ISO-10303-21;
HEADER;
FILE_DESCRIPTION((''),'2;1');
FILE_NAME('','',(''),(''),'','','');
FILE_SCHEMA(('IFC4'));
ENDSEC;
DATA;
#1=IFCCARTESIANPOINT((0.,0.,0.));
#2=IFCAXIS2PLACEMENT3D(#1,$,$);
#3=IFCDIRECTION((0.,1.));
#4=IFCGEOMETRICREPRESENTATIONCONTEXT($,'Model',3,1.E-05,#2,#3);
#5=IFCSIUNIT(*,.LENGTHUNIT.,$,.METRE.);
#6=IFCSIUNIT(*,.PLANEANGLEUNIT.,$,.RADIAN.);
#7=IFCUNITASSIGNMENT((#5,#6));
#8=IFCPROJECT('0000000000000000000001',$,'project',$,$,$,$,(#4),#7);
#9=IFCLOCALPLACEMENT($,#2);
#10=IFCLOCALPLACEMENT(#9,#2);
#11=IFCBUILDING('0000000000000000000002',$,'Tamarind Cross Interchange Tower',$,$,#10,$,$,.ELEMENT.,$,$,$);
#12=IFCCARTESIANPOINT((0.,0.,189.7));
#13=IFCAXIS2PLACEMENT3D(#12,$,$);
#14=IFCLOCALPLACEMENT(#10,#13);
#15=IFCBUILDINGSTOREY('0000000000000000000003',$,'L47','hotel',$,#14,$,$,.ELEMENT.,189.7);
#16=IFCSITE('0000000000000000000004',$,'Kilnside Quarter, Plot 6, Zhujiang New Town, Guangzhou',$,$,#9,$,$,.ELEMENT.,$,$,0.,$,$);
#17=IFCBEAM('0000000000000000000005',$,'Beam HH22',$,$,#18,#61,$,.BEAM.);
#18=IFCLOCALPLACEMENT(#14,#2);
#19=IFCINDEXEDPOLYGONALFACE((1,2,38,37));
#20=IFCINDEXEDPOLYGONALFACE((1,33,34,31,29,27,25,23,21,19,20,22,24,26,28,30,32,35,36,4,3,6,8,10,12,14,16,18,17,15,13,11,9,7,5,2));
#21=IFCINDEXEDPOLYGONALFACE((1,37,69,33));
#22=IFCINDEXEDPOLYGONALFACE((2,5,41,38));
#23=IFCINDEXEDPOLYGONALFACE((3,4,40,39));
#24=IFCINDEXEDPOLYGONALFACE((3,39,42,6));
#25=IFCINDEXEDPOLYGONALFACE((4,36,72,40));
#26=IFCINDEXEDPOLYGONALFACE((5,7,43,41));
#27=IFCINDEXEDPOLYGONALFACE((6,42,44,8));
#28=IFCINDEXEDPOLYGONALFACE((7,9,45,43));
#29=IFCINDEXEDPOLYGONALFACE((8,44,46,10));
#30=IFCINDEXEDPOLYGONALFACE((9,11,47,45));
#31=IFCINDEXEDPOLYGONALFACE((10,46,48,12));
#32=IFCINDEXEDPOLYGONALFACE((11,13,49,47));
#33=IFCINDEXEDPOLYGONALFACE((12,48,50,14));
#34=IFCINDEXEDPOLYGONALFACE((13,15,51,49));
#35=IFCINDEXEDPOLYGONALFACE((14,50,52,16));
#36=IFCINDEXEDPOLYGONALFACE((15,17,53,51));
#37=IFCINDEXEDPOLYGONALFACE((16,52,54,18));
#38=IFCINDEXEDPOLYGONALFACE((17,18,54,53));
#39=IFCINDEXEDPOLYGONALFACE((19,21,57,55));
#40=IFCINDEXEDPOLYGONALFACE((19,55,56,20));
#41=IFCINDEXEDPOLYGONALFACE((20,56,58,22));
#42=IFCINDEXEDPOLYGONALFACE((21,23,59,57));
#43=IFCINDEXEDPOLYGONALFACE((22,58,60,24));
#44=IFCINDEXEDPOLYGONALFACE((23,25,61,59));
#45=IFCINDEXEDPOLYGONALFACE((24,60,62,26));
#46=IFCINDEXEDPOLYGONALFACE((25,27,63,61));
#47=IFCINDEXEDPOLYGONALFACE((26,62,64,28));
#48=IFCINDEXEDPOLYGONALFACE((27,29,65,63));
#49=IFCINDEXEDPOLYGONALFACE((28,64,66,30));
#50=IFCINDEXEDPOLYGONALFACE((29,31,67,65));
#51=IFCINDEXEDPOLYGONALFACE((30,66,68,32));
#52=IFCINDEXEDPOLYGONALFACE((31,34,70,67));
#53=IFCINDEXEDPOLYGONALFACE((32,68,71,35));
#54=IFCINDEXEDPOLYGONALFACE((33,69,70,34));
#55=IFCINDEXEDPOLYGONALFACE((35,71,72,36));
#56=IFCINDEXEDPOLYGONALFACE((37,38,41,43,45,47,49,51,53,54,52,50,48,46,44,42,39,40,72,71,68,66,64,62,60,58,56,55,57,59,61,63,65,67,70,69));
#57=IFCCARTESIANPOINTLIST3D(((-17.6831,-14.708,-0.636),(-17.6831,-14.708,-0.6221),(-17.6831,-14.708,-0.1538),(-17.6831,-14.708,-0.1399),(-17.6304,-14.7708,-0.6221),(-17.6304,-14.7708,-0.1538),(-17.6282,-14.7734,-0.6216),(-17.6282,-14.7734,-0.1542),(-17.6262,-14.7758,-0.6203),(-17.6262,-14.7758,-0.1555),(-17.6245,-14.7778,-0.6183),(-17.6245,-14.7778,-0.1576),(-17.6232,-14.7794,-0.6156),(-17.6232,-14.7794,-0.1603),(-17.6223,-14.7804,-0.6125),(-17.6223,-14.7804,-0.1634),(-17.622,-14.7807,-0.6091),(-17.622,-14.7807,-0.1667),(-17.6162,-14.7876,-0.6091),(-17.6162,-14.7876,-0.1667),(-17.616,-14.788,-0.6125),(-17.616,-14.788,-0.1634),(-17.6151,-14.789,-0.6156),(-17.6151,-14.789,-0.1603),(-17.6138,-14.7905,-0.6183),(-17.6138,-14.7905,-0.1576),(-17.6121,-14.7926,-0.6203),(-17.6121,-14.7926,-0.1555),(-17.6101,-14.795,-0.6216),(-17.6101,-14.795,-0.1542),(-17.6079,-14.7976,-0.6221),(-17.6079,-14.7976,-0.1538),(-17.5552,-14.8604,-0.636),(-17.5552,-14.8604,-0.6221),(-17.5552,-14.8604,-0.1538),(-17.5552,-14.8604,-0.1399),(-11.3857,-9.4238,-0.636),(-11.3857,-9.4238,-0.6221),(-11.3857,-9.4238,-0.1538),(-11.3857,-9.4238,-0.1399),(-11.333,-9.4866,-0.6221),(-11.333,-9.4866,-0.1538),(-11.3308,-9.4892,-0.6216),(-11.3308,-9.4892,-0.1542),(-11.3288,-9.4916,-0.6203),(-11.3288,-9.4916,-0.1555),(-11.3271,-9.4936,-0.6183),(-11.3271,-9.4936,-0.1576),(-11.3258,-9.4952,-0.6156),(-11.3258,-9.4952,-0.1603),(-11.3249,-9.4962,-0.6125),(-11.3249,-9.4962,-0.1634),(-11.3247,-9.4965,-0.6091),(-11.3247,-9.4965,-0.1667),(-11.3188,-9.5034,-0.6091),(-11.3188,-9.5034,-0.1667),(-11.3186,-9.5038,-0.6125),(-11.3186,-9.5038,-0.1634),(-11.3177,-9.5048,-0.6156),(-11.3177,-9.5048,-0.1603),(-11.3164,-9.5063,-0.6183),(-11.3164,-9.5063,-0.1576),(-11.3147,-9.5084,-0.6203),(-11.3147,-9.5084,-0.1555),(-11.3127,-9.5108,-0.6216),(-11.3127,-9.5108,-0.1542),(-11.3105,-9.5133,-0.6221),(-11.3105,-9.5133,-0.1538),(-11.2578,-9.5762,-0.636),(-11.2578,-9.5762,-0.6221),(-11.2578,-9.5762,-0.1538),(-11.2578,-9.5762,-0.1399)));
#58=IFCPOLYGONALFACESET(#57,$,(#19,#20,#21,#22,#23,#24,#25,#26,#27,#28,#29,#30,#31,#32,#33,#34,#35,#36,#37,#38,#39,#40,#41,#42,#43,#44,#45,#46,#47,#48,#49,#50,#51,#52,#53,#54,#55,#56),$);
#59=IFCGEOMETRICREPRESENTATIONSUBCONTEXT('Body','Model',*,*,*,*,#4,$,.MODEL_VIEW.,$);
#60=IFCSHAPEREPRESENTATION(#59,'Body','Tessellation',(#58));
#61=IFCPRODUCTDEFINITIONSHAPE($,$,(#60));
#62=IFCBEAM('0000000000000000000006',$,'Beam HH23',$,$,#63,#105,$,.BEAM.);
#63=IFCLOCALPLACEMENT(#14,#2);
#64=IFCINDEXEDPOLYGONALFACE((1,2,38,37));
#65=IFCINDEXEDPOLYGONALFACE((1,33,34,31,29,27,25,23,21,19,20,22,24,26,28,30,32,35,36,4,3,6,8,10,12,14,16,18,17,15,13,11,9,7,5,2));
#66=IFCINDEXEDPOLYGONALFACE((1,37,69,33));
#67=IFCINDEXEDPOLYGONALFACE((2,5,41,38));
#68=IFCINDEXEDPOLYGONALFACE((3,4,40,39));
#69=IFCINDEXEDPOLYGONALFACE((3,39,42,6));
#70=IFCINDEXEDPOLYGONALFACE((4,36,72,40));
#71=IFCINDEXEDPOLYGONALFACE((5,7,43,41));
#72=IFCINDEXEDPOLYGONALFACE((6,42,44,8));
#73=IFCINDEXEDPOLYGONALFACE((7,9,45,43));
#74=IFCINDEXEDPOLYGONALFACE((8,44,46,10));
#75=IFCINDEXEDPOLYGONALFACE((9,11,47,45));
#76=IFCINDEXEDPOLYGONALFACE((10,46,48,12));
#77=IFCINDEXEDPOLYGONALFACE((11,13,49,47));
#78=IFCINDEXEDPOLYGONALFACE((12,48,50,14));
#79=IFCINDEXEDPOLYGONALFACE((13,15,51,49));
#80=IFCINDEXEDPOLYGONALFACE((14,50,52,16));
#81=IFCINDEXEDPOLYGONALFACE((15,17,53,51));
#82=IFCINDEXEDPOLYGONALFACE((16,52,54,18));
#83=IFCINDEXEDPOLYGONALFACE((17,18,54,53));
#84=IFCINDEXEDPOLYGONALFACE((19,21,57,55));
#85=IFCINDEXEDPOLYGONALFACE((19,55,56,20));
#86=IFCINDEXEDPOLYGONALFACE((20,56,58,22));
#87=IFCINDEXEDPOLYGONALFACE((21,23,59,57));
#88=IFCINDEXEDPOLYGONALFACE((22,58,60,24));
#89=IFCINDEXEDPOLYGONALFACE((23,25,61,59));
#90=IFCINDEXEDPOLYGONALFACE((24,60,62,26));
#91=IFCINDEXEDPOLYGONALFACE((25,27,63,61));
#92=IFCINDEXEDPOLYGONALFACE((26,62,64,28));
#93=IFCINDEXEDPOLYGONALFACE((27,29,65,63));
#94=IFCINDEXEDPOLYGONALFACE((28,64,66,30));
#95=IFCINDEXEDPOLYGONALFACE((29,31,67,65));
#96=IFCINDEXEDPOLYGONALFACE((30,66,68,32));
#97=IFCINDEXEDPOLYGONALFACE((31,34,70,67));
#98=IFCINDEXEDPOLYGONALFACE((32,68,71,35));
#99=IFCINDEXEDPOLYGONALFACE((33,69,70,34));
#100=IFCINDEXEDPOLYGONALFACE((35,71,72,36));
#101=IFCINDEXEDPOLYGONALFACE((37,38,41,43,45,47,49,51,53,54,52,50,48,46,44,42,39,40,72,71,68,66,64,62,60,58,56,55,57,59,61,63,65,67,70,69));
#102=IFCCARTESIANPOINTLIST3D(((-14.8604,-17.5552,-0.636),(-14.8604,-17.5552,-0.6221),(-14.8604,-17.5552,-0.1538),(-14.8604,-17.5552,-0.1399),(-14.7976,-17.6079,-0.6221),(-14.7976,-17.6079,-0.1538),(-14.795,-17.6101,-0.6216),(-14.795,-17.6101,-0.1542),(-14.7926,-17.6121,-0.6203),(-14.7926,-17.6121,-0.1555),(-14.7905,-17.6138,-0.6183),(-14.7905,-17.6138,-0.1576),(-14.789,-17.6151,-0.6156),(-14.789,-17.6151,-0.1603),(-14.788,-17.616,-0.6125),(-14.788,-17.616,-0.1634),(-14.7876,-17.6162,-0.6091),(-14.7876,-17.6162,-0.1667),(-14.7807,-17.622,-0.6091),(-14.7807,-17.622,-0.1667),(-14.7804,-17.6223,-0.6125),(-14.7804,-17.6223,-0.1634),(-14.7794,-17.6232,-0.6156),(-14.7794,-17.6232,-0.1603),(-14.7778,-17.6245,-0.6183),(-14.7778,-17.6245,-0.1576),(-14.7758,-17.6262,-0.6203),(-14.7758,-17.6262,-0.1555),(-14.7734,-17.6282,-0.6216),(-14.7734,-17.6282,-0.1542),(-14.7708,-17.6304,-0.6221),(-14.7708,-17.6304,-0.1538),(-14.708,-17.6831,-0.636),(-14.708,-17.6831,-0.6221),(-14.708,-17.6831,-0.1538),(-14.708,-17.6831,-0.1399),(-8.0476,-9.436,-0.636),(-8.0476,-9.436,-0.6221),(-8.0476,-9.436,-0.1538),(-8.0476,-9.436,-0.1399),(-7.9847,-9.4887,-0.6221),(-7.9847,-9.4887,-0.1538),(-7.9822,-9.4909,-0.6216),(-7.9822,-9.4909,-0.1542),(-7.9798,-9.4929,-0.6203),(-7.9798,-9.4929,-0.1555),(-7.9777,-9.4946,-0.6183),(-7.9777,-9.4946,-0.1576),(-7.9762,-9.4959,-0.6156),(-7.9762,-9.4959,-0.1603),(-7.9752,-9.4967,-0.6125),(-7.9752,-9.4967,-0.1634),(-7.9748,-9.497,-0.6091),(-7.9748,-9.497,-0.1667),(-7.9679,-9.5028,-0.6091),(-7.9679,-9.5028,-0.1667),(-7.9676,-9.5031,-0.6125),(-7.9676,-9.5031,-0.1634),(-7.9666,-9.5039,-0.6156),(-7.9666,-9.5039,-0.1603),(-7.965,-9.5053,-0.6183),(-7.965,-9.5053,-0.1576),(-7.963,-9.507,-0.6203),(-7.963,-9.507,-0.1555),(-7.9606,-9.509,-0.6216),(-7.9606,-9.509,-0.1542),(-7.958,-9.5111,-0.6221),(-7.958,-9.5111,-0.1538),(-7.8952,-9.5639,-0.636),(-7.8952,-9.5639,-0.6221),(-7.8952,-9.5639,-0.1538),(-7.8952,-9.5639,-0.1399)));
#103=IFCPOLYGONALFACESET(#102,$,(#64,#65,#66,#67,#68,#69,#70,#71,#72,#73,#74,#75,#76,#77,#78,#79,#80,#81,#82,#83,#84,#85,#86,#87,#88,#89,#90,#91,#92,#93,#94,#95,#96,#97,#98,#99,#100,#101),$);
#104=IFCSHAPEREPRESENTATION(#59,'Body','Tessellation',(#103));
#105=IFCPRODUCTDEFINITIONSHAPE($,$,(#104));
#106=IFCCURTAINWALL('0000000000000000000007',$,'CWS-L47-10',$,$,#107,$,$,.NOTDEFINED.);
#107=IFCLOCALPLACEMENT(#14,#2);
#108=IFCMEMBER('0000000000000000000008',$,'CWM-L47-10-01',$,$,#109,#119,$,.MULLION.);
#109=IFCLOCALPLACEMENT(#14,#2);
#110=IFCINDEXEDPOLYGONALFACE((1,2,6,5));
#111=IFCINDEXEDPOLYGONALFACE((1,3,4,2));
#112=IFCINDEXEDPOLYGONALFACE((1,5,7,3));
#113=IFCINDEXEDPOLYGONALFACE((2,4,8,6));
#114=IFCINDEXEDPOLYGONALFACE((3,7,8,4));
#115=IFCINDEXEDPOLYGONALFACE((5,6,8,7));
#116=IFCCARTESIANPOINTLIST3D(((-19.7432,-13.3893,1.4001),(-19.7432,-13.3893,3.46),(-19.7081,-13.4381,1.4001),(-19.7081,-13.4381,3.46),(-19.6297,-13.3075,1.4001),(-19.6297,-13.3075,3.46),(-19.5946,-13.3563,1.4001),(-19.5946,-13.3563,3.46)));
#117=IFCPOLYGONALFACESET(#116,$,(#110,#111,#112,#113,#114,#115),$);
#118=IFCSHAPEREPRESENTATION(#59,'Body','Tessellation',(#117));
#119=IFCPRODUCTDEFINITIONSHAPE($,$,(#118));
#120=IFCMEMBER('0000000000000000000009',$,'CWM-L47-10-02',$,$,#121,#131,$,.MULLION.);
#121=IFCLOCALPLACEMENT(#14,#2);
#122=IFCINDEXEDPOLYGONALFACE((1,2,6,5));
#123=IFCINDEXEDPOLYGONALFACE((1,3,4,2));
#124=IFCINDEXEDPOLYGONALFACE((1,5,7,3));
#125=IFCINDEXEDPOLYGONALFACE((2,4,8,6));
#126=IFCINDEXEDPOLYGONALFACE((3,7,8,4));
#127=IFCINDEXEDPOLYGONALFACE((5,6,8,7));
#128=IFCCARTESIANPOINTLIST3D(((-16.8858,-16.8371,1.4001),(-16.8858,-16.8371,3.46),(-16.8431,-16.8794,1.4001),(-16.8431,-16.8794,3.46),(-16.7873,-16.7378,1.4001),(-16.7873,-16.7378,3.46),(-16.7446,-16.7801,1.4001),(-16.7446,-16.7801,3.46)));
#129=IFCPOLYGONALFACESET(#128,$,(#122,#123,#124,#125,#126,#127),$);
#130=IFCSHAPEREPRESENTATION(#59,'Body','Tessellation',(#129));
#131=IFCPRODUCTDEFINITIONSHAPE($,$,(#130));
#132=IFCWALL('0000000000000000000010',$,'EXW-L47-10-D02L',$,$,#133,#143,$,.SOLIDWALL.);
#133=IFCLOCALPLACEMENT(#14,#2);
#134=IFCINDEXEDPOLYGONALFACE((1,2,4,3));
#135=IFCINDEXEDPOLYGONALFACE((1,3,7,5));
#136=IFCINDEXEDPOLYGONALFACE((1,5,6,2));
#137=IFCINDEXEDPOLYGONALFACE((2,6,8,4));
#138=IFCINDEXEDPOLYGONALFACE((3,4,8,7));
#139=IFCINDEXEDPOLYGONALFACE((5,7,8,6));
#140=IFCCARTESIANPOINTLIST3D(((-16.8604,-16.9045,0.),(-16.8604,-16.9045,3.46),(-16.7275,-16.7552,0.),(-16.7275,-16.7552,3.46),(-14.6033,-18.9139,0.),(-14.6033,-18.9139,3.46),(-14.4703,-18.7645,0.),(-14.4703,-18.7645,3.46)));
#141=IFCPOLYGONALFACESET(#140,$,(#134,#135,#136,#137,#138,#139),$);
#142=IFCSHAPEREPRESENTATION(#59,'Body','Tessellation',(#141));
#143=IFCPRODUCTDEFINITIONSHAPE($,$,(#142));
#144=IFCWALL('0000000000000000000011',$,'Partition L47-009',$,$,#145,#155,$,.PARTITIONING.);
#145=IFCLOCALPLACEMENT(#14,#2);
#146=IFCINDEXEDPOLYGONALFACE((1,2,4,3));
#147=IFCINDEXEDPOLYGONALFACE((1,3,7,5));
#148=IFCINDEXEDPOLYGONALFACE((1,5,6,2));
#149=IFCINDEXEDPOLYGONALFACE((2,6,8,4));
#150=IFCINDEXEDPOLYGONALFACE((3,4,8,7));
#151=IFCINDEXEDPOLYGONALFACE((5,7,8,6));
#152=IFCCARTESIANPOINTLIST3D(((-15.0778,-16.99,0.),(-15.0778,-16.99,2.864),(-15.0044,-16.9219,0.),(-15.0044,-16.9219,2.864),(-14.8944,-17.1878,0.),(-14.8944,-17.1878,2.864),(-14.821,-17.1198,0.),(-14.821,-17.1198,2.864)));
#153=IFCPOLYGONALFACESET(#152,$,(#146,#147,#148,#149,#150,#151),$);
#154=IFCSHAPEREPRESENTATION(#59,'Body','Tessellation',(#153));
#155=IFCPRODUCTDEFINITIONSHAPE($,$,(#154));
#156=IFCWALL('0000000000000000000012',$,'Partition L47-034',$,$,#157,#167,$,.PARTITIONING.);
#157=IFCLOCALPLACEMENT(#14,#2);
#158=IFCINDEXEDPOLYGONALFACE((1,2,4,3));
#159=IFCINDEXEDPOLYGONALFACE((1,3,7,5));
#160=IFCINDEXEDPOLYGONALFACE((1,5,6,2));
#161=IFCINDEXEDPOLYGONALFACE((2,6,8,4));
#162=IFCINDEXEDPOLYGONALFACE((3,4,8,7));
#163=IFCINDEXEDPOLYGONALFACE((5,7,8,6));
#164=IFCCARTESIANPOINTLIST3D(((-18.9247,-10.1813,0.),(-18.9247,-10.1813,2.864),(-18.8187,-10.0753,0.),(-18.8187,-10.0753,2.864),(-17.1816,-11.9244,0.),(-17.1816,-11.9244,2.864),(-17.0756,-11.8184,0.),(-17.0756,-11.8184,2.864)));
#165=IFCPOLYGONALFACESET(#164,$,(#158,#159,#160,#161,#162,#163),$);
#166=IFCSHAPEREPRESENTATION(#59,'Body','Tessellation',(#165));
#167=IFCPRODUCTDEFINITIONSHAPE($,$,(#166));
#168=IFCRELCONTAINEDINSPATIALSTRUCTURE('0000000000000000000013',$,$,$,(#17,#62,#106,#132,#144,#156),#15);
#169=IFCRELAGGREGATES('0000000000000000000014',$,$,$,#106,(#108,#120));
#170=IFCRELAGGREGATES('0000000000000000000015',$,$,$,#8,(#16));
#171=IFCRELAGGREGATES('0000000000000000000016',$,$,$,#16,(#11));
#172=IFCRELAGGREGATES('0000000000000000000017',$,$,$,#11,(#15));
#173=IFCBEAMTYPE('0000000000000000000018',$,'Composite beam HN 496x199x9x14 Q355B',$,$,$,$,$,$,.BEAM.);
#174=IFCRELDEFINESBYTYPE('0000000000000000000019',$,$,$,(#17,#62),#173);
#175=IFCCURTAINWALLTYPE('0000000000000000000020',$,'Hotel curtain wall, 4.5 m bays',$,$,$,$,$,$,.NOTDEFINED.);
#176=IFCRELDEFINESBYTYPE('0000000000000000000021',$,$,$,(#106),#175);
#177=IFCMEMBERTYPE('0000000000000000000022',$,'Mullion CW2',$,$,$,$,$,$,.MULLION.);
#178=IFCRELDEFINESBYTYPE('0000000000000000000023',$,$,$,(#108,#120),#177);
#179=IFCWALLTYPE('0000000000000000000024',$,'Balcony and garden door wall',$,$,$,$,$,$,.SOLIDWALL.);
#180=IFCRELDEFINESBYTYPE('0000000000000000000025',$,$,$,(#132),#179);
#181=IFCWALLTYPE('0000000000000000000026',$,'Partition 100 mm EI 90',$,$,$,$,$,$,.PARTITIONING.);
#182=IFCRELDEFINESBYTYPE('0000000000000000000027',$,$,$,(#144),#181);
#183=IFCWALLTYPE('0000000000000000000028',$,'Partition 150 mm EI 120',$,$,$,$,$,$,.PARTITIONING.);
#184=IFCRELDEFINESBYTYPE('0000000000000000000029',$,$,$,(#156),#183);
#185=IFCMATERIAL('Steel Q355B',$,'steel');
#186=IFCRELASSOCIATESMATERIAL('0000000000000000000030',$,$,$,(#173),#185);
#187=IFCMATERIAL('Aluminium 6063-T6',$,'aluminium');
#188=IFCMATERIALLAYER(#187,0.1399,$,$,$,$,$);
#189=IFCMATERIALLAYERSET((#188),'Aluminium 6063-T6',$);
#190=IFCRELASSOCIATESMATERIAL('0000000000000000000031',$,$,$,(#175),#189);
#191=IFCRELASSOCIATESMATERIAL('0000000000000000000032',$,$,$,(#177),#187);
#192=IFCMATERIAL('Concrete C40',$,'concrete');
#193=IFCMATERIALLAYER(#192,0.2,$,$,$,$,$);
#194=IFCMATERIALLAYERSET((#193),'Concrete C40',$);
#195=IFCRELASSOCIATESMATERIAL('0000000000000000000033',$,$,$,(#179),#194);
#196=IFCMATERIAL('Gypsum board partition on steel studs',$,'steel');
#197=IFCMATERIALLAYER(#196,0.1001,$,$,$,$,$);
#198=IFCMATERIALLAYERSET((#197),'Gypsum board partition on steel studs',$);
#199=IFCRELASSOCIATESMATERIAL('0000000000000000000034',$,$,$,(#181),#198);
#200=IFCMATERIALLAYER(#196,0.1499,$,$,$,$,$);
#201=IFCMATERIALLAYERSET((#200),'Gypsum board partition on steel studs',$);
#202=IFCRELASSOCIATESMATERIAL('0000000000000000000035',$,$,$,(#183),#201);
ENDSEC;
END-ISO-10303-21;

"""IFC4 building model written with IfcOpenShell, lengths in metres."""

from ifc_helpers import new_model, si_unit, direction, frame, frame_2d, origin, origin_2d, place, context, subcontext, project, spatial, rectangle, i_section, extrude, material, layer, layer_set, material_profile, profile_set, type_object, element, aggregate, save


model = new_model("IFC4")

# Units and contexts
model_context = context("Model", 3, precision=1e-05, world=origin(), true_north=direction((0.0, 1.0)))
body_context = subcontext(model_context, "Body", "Model", "MODEL_VIEW")
ifc_project = project(units=[si_unit("LENGTHUNIT", "METRE"), si_unit("PLANEANGLEUNIT", "RADIAN")], contexts=[model_context])

# Site, building, storey
site_placement = place(None, origin())
site = spatial("IfcSite", under=ifc_project, at=site_placement, Name="Kilnside Quarter, Plot 6, Zhujiang New Town, Guangzhou", CompositionType="ELEMENT", RefElevation=0.0)
building_placement = place(site_placement, origin())
building = spatial("IfcBuilding", under=site, at=building_placement, Name="Tamarind Cross Interchange Tower", CompositionType="ELEMENT")
storey_placement = place(building_placement, frame((0.0, 0.0, 189.7)))
storey = spatial("IfcBuildingStorey", under=building, at=storey_placement, Name="L47", Description="hotel", CompositionType="ELEMENT", Elevation=189.7)

# Beams
ifc_material_1 = material(Name="Steel Q355B", Category="steel")
ifc_material_profile_1 = material_profile(ifc_material_1, i_section(OverallWidth=0.199, OverallDepth=0.4961, WebThickness=0.009, FlangeThickness=0.0139, FilletRadius=0.0129, at=origin_2d()), Name="HN 496x199x9x14")
ifc_profile_set_1 = profile_set([ifc_material_profile_1], Name="Steel Q355B")
beam_type = type_object("IfcBeamType", Name="Composite beam HN 496x199x9x14 Q355B", PredefinedType="BEAM", material=ifc_profile_set_1)
beam_1_placement = place(storey_placement, frame((-17.6191, -14.7842, -0.3879), z_axis=(0.766041, 0.642792, 0.0), x_axis=(-0.642792, 0.766041, 0.0)))
element("IfcBeam", 1, at=beam_1_placement, inside=storey, type_object=beam_type, Name="Beam HH22", PredefinedType="BEAM", context=body_context, shape_type="SweptSolid", body=[
    extrude(i_section(OverallWidth=0.199, OverallDepth=0.4961, WebThickness=0.009, FlangeThickness=0.0139, FilletRadius=0.0129, at=origin_2d()), origin(), (0.0, 0.0, 1.0), 8.2207),
])
beam_2_placement = place(storey_placement, frame((-14.7842, -17.6191, -0.3879), z_axis=(0.642786, 0.766046, 0.0), x_axis=(-0.766046, 0.642786, 0.0)))
element("IfcBeam", 2, at=beam_2_placement, inside=storey, type_object=beam_type, Name="Beam HH23", PredefinedType="BEAM", context=body_context, shape_type="SweptSolid", body=[
    extrude(i_section(OverallWidth=0.199, OverallDepth=0.4961, WebThickness=0.009, FlangeThickness=0.0139, FilletRadius=0.0129, at=origin_2d()), origin(), (0.0, 0.0, 1.0), 10.5989),
])

# Curtain wall, members
ifc_material_2 = material(Name="Aluminium 6063-T6", Category="aluminium")
ifc_layer_1 = layer(ifc_material_2, 0.1399)
ifc_layer_set_1 = layer_set([ifc_layer_1], Name="Aluminium 6063-T6")
curtain_wall_type = type_object("IfcCurtainWallType", Name="Hotel curtain wall, 4.5 m bays", PredefinedType="NOTDEFINED", material=ifc_layer_set_1)
curtain_wall_placement = place(storey_placement, origin())
curtain_wall = element("IfcCurtainWall", 3, at=curtain_wall_placement, inside=storey, type_object=curtain_wall_type, Name="CWS-L47-10", PredefinedType="NOTDEFINED")
ifc_material_profile_2 = material_profile(ifc_material_2, rectangle(XDim=0.0601, YDim=0.1399, at=origin_2d()), Name="Mullion CW2")
ifc_profile_set_2 = profile_set([ifc_material_profile_2], Name="Aluminium 6063-T6")
member_type = type_object("IfcMemberType", Name="Mullion CW2", PredefinedType="MULLION", material=ifc_profile_set_2)
member_1_placement = place(storey_placement, frame((-19.6689, -13.3728, 1.4001), z_axis=(0.0, 0.0, 1.0), x_axis=(0.584574, -0.81134, 0.0)))
member_1 = element("IfcMember", 4, at=member_1_placement, type_object=member_type, Name="CWM-L47-10-01", PredefinedType="MULLION", context=body_context, shape_type="SweptSolid", body=[
    extrude(rectangle(XDim=0.0601, YDim=0.1399, at=origin_2d()), origin(), (0.0, 0.0, 1.0), 2.0598),
])
member_2_placement = place(storey_placement, frame((-16.8152, -16.8086, 1.4001), z_axis=(0.0, 0.0, 1.0), x_axis=(0.710143, -0.704057, 0.0)))
member_2 = element("IfcMember", 5, at=member_2_placement, type_object=member_type, Name="CWM-L47-10-02", PredefinedType="MULLION", context=body_context, shape_type="SweptSolid", body=[
    extrude(rectangle(XDim=0.0601, YDim=0.1399, at=origin_2d()), origin(), (0.0, 0.0, 1.0), 2.0598),
])
aggregate(curtain_wall, [member_1, member_2])

# Wall
ifc_material_3 = material(Name="Concrete C40", Category="concrete")
ifc_layer_2 = layer(ifc_material_3, 0.2)
ifc_layer_set_2 = layer_set([ifc_layer_2], Name="Concrete C40")
wall_type_1 = type_object("IfcWallType", Name="Balcony and garden door wall", PredefinedType="SOLIDWALL", material=ifc_layer_set_2)
wall_1_placement = place(storey_placement, frame((-16.7939, -16.8298, 0.0), z_axis=(0.0, 0.0, 1.0), x_axis=(0.746919, -0.664915, 0.0)))
element("IfcWall", 6, at=wall_1_placement, inside=storey, type_object=wall_type_1, Name="EXW-L47-10-D02L", PredefinedType="SOLIDWALL", context=body_context, shape_type="SweptSolid", body=[
    extrude(rectangle(XDim=3.022, YDim=0.2, at=frame_2d((1.511, 0.0))), origin(), (0.0, 0.0, 1.0), 3.46),
])

# Walls
ifc_material_4 = material(Name="Gypsum board partition on steel studs", Category="steel")
ifc_layer_3 = layer(ifc_material_4, 0.1001)
ifc_layer_set_3 = layer_set([ifc_layer_3], Name="Gypsum board partition on steel studs")
wall_type_2 = type_object("IfcWallType", Name="Partition 100 mm EI 90", PredefinedType="PARTITIONING", material=ifc_layer_set_3)
wall_2_placement = place(storey_placement, frame((-15.041, -16.9561, 0.0), z_axis=(0.0, 0.0, 1.0), x_axis=(0.679895, -0.733309, 0.0)))
element("IfcWall", 7, at=wall_2_placement, inside=storey, type_object=wall_type_2, Name="Partition L47-009", PredefinedType="PARTITIONING", context=body_context, shape_type="SweptSolid", body=[
    extrude(rectangle(XDim=0.2698, YDim=0.1001, at=frame_2d((0.1348, 0.0))), origin(), (0.0, 0.0, 1.0), 2.864),
])
ifc_layer_4 = layer(ifc_material_4, 0.1499)
ifc_layer_set_4 = layer_set([ifc_layer_4], Name="Gypsum board partition on steel studs")
wall_type_3 = type_object("IfcWallType", Name="Partition 150 mm EI 120", PredefinedType="PARTITIONING", material=ifc_layer_set_4)
wall_3_placement = place(storey_placement, frame((-18.8716, -10.1284, 0.0), z_axis=(0.0, 0.0, 1.0), x_axis=(0.707107, -0.707107, 0.0)))
element("IfcWall", 8, at=wall_3_placement, inside=storey, type_object=wall_type_3, Name="Partition L47-034", PredefinedType="PARTITIONING", context=body_context, shape_type="SweptSolid", body=[
    extrude(rectangle(XDim=2.4651, YDim=0.1499, at=frame_2d((1.2324, 0.0))), origin(), (0.0, 0.0, 1.0), 2.864),
])

save(model, "model.ifc")
